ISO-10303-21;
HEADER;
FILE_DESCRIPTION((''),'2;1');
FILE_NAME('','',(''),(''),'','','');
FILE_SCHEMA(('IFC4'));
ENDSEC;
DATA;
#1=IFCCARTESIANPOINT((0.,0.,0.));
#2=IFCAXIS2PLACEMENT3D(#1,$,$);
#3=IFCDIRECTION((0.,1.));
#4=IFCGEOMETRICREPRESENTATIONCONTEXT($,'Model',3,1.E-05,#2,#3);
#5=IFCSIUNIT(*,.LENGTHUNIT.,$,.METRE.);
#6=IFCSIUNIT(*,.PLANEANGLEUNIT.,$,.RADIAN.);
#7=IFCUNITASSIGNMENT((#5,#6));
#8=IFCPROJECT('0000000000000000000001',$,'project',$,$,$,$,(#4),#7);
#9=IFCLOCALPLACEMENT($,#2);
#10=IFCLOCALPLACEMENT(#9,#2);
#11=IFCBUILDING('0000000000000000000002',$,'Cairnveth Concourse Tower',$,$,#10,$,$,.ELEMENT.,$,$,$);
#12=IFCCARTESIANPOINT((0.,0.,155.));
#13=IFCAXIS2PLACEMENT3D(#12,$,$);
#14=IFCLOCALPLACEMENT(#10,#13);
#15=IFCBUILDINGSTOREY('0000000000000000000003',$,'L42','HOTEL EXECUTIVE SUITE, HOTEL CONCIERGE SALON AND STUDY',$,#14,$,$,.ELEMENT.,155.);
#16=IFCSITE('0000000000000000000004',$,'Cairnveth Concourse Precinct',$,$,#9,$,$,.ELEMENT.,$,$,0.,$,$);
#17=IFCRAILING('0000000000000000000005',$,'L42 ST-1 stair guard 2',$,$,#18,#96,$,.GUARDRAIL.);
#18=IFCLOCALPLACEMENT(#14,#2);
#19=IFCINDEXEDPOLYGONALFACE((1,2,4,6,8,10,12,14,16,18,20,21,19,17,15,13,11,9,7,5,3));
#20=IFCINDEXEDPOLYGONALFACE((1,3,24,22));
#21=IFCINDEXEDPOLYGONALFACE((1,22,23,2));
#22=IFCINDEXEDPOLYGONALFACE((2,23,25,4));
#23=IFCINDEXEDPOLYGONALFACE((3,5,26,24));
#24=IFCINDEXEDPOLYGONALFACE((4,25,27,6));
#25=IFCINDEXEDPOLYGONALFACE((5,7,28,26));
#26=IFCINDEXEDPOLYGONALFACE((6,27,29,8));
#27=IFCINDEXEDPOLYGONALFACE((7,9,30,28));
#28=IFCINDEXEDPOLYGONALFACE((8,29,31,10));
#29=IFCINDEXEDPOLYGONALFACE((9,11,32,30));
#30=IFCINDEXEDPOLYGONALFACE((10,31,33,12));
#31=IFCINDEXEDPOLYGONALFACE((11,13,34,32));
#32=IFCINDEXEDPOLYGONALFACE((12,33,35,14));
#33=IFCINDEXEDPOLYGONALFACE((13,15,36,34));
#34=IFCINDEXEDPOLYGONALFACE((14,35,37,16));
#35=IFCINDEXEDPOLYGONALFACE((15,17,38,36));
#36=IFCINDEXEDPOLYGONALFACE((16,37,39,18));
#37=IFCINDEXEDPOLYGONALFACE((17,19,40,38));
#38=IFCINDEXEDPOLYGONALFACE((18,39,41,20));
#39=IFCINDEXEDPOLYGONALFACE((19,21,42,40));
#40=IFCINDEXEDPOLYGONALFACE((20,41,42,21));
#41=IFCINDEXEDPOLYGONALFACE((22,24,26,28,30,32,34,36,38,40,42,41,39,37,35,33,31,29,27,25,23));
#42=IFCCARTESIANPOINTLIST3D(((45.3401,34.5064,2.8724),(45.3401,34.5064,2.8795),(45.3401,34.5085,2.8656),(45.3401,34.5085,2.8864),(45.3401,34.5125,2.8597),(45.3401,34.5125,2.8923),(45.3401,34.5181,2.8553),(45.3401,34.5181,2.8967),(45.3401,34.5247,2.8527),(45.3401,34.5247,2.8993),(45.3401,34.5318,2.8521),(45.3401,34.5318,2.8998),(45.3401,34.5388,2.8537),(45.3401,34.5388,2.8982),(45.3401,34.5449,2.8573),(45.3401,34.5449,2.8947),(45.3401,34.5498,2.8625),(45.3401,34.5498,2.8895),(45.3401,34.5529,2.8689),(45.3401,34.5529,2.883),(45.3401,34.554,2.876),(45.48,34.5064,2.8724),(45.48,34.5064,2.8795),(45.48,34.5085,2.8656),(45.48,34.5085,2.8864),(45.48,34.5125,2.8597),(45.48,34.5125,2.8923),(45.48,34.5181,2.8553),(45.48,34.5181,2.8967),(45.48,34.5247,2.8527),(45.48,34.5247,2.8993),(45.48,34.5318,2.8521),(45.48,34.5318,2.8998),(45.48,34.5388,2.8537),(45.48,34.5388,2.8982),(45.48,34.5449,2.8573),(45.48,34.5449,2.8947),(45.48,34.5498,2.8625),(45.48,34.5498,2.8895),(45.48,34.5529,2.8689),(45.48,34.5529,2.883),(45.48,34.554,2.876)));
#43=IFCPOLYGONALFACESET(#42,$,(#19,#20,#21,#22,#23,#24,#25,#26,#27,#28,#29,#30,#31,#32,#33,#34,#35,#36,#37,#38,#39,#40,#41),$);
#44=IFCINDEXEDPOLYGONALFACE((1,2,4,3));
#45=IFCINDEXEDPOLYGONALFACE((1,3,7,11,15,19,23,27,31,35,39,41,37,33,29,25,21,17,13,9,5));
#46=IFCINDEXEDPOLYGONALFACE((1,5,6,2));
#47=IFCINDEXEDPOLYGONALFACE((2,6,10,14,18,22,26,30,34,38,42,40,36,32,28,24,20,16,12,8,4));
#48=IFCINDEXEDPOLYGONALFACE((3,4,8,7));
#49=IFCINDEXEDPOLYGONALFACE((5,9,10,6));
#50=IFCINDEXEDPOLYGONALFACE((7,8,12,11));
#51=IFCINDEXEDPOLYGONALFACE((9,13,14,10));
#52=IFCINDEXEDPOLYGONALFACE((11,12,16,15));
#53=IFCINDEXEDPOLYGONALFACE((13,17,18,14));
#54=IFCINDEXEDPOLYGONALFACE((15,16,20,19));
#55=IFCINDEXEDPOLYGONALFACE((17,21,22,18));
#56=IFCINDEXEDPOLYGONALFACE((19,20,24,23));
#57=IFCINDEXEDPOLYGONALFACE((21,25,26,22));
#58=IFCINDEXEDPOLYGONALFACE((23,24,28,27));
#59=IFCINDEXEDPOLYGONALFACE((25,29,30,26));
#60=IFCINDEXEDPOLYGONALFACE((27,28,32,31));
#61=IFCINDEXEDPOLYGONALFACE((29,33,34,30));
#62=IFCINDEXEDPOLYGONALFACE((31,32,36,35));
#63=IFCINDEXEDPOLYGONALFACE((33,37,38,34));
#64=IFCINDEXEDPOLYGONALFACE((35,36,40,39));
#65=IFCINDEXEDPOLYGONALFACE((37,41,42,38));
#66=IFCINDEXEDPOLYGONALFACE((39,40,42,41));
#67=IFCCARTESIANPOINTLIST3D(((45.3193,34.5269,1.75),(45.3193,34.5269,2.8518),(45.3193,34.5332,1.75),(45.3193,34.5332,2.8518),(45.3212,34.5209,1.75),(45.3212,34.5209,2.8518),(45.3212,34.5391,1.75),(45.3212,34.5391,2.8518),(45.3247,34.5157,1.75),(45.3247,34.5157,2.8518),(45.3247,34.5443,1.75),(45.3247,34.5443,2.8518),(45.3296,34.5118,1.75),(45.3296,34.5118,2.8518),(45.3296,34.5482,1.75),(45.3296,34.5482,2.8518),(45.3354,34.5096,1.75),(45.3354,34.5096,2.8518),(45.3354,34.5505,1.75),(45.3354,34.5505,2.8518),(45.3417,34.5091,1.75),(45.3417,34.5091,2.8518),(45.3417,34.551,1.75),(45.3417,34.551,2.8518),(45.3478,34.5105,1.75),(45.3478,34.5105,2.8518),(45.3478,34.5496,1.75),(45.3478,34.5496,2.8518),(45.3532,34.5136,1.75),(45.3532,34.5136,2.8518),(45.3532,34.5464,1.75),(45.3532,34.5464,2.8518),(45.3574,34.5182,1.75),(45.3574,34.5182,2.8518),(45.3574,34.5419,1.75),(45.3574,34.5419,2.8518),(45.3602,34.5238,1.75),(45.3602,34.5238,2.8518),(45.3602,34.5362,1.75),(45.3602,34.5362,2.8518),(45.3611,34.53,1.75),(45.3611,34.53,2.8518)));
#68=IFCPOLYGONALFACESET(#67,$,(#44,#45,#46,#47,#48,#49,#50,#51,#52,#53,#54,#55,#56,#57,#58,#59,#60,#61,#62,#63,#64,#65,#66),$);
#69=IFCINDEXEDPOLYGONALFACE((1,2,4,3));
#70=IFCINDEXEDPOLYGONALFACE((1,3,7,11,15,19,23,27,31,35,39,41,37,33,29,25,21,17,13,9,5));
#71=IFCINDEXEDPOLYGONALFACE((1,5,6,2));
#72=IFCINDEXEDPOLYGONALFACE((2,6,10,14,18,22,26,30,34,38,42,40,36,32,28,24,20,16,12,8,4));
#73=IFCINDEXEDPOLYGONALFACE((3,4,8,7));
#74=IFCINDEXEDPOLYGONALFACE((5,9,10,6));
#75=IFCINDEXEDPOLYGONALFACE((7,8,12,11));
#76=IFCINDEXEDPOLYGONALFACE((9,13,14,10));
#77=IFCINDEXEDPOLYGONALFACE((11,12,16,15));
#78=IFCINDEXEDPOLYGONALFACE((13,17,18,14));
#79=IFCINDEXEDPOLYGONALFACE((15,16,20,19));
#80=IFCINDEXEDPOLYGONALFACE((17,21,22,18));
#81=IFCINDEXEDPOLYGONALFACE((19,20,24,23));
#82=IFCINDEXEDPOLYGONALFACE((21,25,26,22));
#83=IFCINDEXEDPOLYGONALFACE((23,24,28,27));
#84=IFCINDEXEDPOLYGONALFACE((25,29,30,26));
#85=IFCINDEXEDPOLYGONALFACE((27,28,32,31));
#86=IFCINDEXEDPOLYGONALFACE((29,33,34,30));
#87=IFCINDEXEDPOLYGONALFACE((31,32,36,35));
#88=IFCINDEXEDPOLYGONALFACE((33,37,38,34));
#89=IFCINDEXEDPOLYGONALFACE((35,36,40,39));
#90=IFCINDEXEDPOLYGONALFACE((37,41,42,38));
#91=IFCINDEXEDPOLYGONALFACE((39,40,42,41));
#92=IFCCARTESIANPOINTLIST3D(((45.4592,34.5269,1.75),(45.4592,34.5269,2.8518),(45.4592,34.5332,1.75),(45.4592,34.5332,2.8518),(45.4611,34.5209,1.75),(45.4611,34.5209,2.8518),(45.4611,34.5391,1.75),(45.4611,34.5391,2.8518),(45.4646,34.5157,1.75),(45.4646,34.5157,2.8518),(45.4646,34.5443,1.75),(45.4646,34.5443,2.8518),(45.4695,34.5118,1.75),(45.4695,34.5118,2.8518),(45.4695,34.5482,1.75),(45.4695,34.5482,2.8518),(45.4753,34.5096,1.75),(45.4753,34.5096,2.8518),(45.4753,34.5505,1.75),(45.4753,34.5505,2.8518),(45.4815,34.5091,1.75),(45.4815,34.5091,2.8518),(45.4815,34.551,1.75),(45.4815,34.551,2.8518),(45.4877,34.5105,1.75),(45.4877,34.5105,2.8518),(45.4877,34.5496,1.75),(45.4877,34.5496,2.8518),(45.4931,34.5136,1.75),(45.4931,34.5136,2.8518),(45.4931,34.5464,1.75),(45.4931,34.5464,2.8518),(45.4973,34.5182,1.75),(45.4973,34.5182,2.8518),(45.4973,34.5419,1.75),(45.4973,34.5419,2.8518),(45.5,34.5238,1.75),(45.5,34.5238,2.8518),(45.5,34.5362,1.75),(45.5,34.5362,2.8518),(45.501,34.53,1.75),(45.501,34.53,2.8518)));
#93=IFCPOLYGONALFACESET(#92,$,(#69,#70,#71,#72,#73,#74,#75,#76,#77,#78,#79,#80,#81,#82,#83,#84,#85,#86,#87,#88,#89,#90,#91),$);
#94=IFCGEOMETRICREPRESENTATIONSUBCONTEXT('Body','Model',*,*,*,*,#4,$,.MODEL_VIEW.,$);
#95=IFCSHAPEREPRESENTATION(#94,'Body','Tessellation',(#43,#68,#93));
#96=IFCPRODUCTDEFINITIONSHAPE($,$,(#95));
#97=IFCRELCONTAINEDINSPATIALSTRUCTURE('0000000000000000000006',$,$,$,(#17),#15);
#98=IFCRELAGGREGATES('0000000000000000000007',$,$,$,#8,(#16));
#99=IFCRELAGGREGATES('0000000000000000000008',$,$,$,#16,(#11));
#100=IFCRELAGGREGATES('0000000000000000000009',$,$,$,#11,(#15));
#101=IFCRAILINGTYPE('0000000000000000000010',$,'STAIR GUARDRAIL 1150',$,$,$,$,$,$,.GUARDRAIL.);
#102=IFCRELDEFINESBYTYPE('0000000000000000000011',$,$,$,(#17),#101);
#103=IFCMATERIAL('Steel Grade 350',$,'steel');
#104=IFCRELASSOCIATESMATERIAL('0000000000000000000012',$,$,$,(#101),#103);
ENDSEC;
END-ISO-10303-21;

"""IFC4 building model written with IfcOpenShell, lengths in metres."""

from ifc_helpers import new_model, si_unit, direction, frame, origin, origin_2d, place, context, subcontext, project, spatial, circle, extrude, material, type_object, element, save


model = new_model("IFC4")

# Units and contexts
model_context = context("Model", 3, precision=1e-05, world=origin(), true_north=direction((0.0, 1.0)))
body_context = subcontext(model_context, "Body", "Model", "MODEL_VIEW")
ifc_project = project(units=[si_unit("LENGTHUNIT", "METRE"), si_unit("PLANEANGLEUNIT", "RADIAN")], contexts=[model_context])

# Site, building, storey
site_placement = place(None, origin())
site = spatial("IfcSite", under=ifc_project, at=site_placement, Name="Cairnveth Concourse Precinct", CompositionType="ELEMENT", RefElevation=0.0)
building_placement = place(site_placement, origin())
building = spatial("IfcBuilding", under=site, at=building_placement, Name="Cairnveth Concourse Tower", CompositionType="ELEMENT")
storey_placement = place(building_placement, frame((0.0, 0.0, 155.0)))
storey = spatial("IfcBuildingStorey", under=building, at=storey_placement, Name="L42", Description="HOTEL EXECUTIVE SUITE, HOTEL CONCIERGE SALON AND STUDY", CompositionType="ELEMENT", Elevation=155.0)

# Railing
ifc_material_1 = material(Name="Steel Grade 350", Category="steel")
railing_type = type_object("IfcRailingType", Name="STAIR GUARDRAIL 1150", PredefinedType="GUARDRAIL", material=ifc_material_1)
railing_1_placement = place(storey_placement, frame((45.3401, 34.53, 1.75)))
element("IfcRailing", 1, at=railing_1_placement, inside=storey, type_object=railing_type, Name="L42 ST-1 stair guard 2", PredefinedType="GUARDRAIL", context=body_context, shape_type="SweptSolid", body=[
    extrude(circle(Radius=0.0239, at=origin_2d()), frame((0.0, 0.0, 1.126), z_axis=(1.0, 0.0, 0.0), x_axis=(0.0, 1.0, 0.0)), (0.0, 0.0, 1.0), 0.1399),
    extrude(circle(Radius=0.021, at=origin_2d()), origin(), (0.0, 0.0, 1.0), 1.1018),
    extrude(circle(Radius=0.021, at=origin_2d()), frame((0.1399, 0.0, 0.0)), (0.0, 0.0, 1.0), 1.1018),
])

save(model, "model.ifc")
